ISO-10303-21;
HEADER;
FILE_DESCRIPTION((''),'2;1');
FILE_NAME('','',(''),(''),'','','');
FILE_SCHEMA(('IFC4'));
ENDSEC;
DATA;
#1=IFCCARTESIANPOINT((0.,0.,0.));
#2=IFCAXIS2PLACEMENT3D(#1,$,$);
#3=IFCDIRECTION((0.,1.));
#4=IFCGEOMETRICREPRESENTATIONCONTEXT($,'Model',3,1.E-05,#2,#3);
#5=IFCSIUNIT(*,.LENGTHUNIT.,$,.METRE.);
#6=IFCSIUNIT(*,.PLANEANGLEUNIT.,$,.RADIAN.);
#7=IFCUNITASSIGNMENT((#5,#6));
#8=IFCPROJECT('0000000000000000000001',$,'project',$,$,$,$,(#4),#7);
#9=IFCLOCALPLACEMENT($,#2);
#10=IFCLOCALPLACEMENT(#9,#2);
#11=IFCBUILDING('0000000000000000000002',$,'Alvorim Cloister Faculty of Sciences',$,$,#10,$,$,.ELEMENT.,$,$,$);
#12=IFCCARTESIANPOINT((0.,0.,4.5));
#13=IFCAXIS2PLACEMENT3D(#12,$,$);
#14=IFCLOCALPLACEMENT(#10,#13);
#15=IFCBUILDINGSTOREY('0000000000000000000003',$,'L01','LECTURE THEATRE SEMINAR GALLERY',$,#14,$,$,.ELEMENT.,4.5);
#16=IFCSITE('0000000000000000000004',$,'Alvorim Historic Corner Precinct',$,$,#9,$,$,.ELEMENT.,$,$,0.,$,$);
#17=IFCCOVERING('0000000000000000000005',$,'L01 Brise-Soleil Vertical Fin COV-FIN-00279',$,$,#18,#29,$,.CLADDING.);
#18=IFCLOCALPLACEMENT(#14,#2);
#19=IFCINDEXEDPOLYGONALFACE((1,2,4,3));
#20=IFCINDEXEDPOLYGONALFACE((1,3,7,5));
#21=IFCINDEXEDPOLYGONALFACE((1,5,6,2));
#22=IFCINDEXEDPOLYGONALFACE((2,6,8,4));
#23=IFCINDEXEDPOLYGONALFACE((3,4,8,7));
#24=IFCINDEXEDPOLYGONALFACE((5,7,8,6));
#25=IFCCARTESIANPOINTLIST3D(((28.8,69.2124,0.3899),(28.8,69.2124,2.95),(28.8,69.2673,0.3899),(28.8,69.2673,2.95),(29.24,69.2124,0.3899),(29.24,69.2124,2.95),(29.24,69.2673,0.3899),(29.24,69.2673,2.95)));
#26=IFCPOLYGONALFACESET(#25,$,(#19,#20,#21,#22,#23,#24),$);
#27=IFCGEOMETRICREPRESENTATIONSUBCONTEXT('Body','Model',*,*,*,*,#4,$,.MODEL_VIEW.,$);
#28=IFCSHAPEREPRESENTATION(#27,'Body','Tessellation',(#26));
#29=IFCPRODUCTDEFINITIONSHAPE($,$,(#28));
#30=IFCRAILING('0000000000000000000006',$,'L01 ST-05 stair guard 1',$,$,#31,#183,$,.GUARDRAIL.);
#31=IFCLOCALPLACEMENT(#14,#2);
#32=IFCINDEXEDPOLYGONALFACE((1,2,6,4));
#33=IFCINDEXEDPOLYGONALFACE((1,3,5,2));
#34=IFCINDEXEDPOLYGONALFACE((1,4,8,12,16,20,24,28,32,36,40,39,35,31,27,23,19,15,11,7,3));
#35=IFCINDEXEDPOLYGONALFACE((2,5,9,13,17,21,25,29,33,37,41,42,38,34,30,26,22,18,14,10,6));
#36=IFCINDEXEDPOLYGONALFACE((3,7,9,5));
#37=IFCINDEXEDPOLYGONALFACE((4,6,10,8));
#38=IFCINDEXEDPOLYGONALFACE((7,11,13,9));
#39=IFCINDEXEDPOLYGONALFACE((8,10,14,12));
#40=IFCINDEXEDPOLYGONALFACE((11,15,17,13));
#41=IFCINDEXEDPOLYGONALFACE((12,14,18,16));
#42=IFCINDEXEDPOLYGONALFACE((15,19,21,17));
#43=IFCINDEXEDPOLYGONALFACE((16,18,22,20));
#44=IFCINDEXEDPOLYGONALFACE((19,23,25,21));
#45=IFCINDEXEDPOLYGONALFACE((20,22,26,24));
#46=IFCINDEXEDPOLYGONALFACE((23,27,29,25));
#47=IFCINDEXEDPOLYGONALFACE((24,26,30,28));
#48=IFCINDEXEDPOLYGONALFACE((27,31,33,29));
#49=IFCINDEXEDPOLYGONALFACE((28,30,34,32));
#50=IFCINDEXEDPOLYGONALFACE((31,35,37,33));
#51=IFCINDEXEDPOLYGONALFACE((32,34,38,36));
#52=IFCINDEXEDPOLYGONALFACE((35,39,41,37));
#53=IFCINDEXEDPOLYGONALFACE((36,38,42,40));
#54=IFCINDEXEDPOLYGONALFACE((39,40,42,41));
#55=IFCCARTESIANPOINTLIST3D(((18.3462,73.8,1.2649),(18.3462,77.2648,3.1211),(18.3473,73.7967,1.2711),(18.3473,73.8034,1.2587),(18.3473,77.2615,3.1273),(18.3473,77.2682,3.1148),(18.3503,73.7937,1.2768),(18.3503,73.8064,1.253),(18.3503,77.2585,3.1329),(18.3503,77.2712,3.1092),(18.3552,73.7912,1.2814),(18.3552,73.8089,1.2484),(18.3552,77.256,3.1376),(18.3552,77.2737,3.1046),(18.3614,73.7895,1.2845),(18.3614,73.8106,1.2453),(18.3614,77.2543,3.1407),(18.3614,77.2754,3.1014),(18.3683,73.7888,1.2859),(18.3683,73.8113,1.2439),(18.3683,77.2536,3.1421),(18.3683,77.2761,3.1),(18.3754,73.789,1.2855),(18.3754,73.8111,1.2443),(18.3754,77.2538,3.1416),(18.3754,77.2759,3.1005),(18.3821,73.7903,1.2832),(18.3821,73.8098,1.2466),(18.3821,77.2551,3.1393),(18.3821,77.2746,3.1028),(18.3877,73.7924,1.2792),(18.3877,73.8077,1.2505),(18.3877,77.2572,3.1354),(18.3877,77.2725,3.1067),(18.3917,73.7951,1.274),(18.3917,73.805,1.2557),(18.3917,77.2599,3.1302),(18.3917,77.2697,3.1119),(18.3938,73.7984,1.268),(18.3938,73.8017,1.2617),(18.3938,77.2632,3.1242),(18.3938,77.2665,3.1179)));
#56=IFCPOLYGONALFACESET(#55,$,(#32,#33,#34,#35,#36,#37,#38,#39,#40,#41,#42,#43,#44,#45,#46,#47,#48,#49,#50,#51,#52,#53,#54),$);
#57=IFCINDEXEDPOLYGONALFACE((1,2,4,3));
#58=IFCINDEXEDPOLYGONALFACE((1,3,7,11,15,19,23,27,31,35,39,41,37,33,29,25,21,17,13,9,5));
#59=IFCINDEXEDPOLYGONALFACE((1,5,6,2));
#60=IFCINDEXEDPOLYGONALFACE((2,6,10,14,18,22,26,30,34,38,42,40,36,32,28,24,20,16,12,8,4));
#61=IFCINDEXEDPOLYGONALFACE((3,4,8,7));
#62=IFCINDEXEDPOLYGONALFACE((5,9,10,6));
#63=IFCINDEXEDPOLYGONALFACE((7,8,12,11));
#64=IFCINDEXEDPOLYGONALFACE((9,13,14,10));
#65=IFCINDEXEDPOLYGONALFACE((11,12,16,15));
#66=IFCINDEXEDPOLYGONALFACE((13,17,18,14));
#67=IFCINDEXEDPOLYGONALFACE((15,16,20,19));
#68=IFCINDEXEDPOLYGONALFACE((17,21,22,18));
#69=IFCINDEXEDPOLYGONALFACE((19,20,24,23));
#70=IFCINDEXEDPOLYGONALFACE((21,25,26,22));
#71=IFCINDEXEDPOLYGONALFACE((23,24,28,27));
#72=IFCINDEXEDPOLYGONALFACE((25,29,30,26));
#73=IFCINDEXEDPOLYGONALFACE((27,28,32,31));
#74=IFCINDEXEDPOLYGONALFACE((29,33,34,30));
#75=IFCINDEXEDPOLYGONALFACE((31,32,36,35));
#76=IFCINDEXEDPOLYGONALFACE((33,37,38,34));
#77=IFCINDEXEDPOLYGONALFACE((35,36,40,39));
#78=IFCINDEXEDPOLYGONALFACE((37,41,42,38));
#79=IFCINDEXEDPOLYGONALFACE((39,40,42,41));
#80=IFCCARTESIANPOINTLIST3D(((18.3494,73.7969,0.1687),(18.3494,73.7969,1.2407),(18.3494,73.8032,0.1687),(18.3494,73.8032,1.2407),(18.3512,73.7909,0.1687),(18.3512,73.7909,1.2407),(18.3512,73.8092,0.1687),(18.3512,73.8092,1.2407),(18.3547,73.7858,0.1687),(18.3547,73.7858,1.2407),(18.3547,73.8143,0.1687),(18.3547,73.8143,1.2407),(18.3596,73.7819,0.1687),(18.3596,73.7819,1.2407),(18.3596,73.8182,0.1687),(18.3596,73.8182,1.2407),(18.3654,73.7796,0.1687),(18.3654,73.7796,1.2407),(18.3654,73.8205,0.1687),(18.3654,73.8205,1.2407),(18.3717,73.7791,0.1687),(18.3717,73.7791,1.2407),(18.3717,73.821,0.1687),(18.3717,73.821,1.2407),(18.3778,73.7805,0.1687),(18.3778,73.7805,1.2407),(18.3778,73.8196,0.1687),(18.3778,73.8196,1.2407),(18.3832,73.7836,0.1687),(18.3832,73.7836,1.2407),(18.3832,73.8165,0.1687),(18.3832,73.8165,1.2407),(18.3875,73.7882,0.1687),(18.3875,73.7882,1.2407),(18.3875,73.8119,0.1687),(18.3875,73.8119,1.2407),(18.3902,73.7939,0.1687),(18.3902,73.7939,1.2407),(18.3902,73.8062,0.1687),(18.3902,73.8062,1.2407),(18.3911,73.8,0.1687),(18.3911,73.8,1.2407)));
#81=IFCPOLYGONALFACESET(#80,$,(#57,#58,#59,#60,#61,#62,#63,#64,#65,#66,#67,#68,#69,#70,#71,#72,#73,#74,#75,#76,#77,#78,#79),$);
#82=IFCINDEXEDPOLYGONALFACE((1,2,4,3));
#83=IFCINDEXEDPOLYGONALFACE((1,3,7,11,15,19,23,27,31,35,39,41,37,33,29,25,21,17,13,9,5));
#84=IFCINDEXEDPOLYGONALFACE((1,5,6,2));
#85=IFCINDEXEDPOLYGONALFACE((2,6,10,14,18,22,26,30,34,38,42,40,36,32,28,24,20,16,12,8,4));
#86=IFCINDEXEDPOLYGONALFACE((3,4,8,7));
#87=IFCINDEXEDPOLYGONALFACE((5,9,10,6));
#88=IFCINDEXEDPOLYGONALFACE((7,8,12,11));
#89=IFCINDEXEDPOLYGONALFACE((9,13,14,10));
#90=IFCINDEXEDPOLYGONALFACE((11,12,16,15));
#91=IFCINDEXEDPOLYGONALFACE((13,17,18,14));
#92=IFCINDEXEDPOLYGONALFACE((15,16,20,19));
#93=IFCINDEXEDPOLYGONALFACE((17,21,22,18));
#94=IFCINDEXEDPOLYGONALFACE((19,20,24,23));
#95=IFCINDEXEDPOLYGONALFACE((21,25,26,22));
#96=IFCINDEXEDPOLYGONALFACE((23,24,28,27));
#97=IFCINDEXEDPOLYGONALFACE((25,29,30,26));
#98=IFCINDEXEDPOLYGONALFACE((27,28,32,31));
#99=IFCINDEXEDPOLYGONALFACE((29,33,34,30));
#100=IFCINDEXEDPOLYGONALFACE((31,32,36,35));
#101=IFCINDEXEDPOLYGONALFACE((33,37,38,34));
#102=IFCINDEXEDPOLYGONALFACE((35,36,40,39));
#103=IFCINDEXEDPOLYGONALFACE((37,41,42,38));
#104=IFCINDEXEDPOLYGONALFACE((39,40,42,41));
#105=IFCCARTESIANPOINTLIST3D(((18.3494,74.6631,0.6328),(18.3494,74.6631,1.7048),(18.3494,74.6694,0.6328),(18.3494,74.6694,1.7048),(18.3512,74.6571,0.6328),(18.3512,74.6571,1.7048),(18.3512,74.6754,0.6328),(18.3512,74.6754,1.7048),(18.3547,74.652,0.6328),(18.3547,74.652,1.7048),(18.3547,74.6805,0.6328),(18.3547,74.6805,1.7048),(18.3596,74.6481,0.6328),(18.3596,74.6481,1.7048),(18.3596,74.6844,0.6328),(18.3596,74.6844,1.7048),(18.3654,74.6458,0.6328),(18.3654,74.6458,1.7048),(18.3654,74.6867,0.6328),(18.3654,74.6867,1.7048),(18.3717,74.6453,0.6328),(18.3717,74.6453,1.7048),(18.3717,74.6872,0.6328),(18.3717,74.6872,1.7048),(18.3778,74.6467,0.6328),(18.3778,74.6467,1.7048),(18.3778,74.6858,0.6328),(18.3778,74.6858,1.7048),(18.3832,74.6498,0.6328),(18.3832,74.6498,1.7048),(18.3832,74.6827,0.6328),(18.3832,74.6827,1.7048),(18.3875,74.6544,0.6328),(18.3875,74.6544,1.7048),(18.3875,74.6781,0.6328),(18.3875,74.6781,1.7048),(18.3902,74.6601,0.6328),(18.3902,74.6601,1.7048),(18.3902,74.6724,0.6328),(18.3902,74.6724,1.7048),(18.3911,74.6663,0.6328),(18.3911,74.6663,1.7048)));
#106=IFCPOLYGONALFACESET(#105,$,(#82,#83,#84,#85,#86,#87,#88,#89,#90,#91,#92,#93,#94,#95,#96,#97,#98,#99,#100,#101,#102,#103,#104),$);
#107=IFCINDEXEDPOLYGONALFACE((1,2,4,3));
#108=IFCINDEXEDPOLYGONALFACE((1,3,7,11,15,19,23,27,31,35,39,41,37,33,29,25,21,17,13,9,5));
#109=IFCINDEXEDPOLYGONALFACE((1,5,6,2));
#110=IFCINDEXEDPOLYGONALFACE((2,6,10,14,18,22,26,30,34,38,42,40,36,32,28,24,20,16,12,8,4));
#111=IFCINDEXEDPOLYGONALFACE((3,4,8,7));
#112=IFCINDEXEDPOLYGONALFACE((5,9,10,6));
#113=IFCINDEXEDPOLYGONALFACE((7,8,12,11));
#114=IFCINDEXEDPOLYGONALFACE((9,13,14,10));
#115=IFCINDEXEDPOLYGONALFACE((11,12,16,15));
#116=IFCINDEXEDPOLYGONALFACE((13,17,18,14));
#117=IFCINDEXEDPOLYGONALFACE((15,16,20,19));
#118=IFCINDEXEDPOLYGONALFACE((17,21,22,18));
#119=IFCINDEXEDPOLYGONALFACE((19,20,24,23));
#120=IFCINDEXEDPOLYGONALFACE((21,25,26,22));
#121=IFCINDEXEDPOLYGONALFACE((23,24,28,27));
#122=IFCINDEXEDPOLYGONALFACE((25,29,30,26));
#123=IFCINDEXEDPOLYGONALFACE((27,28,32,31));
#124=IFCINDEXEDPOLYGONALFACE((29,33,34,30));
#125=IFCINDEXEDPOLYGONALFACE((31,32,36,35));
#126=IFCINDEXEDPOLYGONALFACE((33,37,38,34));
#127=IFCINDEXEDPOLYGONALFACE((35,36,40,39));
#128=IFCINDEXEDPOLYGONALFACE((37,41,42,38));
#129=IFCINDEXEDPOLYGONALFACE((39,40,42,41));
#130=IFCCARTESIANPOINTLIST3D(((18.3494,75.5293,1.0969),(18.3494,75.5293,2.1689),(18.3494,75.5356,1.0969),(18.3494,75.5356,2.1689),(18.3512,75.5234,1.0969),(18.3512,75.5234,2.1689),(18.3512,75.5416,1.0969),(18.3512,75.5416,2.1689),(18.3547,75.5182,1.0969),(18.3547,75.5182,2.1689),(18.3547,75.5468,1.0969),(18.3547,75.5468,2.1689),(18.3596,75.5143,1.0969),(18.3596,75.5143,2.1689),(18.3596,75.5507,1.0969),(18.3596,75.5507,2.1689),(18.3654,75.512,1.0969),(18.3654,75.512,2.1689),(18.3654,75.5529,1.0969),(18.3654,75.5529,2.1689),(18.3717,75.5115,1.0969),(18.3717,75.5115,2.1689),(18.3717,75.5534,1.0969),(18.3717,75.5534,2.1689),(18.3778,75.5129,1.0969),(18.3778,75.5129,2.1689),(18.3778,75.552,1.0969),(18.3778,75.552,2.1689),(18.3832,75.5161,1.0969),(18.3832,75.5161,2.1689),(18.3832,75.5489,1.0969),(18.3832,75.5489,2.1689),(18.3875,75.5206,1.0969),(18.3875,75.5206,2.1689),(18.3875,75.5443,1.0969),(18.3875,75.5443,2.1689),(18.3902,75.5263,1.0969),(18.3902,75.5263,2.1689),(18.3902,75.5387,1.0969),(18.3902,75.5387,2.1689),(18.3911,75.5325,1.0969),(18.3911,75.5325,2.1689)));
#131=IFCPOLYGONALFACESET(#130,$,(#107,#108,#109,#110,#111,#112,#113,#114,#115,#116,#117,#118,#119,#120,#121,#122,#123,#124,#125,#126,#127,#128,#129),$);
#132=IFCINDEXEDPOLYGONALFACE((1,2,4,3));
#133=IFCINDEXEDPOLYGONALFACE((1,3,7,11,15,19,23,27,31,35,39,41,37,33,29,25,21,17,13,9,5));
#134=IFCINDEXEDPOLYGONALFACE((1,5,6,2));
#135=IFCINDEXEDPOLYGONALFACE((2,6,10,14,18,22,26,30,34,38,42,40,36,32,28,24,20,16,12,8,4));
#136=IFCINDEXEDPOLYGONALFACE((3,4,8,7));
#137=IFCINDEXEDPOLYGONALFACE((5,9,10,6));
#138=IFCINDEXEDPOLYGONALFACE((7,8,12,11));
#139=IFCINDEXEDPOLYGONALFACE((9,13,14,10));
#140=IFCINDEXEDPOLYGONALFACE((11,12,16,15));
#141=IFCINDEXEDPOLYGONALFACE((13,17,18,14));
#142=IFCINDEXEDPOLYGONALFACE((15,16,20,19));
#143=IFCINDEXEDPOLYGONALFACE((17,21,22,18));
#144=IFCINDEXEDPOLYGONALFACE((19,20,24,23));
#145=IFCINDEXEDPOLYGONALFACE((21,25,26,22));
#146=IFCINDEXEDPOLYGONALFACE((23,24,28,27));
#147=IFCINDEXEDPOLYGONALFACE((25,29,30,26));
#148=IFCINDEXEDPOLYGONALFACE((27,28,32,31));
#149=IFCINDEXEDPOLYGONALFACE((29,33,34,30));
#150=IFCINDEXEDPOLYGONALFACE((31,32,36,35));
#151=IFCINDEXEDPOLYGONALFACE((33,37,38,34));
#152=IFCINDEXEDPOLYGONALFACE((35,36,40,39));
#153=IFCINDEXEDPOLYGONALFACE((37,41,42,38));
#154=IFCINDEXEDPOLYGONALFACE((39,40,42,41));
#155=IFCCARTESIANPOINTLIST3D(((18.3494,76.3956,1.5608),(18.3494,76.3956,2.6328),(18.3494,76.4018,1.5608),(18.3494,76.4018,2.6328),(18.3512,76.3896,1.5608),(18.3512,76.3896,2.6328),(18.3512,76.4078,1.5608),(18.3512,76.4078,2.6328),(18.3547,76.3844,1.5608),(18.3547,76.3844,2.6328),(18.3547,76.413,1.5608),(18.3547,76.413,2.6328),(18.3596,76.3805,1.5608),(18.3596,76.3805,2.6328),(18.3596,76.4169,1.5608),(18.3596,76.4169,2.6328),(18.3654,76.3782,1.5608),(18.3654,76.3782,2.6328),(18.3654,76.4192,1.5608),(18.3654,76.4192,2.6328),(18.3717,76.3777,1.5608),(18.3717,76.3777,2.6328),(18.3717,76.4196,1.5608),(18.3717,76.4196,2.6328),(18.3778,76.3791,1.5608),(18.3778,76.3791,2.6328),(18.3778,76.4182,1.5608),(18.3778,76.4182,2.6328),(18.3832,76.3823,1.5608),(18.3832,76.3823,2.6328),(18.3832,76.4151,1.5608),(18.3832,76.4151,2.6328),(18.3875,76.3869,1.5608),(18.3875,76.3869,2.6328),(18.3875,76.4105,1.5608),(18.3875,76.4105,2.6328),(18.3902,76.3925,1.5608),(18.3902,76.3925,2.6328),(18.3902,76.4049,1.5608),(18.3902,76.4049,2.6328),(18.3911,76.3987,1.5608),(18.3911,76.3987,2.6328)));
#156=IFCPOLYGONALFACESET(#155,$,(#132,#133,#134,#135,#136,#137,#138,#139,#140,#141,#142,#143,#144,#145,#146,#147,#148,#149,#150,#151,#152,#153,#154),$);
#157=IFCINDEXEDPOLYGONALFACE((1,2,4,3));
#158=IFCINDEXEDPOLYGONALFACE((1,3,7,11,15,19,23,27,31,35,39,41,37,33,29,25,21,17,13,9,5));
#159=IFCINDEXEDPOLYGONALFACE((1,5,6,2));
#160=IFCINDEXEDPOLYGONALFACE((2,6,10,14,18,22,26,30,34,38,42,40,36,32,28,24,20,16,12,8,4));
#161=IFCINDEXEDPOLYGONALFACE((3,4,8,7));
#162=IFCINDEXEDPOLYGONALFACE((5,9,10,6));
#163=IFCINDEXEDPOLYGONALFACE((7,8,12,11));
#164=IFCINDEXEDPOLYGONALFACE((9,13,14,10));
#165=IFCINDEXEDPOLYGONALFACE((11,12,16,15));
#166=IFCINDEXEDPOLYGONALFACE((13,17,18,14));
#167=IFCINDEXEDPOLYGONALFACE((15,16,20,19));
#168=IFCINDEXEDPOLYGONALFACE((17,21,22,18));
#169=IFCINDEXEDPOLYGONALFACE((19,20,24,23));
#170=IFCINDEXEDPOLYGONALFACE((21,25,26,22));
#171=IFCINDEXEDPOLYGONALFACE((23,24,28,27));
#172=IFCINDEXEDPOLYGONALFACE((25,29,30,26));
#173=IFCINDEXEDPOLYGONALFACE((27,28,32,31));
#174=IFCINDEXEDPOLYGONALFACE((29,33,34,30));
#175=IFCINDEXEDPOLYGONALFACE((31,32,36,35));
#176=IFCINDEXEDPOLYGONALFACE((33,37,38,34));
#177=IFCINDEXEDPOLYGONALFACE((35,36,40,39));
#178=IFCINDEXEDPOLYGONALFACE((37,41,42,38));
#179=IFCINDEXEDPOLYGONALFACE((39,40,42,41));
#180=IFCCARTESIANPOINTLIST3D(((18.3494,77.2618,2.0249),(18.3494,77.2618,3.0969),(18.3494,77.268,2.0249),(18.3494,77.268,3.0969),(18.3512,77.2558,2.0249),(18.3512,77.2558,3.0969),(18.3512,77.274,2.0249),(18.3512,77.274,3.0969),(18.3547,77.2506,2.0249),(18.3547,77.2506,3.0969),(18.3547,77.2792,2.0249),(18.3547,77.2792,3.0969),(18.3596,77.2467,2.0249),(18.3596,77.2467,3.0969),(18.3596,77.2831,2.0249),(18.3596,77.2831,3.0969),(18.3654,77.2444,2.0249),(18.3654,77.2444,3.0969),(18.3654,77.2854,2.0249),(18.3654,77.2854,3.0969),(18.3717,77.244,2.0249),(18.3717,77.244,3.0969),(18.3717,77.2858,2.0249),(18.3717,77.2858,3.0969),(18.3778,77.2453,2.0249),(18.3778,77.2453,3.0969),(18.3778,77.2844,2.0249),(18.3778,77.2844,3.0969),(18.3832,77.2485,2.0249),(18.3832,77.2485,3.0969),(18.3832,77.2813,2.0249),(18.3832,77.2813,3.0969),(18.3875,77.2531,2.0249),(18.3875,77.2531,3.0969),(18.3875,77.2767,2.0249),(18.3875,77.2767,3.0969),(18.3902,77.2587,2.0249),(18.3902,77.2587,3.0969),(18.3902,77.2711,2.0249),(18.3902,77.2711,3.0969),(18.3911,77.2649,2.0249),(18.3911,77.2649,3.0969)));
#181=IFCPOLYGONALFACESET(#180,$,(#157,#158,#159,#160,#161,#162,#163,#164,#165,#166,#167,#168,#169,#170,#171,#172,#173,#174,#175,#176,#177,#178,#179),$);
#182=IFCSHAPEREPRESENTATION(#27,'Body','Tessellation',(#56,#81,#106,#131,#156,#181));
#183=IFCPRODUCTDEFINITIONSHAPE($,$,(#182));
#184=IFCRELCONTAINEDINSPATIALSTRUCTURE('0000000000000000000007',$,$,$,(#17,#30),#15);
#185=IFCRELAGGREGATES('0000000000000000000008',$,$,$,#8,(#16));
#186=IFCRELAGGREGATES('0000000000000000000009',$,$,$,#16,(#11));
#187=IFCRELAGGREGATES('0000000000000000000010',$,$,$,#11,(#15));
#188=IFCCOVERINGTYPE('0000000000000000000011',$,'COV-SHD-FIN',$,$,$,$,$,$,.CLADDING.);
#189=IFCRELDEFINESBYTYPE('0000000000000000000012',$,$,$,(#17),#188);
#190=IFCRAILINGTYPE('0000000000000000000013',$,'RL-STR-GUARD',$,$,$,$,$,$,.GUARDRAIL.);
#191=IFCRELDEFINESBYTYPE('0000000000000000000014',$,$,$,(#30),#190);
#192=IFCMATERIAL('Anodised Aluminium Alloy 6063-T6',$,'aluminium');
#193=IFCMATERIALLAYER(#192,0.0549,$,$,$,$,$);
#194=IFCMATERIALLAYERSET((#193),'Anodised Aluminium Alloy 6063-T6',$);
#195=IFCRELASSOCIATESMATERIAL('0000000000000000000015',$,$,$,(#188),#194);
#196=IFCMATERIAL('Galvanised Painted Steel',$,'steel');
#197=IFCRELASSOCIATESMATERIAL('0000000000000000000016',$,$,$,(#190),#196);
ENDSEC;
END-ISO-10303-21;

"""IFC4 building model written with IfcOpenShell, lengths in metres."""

from ifc_helpers import new_model, si_unit, direction, frame, origin, origin_2d, place, context, subcontext, project, spatial, polyline, circle, outline, extrude, material, layer, layer_set, type_object, element, save


model = new_model("IFC4")

# Units and contexts
model_context = context("Model", 3, precision=1e-05, world=origin(), true_north=direction((0.0, 1.0)))
body_context = subcontext(model_context, "Body", "Model", "MODEL_VIEW")
ifc_project = project(units=[si_unit("LENGTHUNIT", "METRE"), si_unit("PLANEANGLEUNIT", "RADIAN")], contexts=[model_context])

# Site, building, storey
site_placement = place(None, origin())
site = spatial("IfcSite", under=ifc_project, at=site_placement, Name="Alvorim Historic Corner Precinct", CompositionType="ELEMENT", RefElevation=0.0)
building_placement = place(site_placement, origin())
building = spatial("IfcBuilding", under=site, at=building_placement, Name="Alvorim Cloister Faculty of Sciences", CompositionType="ELEMENT")
storey_placement = place(building_placement, frame((0.0, 0.0, 4.5)))
storey = spatial("IfcBuildingStorey", under=building, at=storey_placement, Name="L01", Description="LECTURE THEATRE SEMINAR GALLERY", CompositionType="ELEMENT", Elevation=4.5)

# Covering
ifc_material_1 = material(Name="Anodised Aluminium Alloy 6063-T6", Category="aluminium")
ifc_layer_1 = layer(ifc_material_1, 0.0549)
ifc_layer_set_1 = layer_set([ifc_layer_1], Name="Anodised Aluminium Alloy 6063-T6")
covering_type = type_object("IfcCoveringType", Name="COV-SHD-FIN", PredefinedType="CLADDING", material=ifc_layer_set_1)
for number, where, z_axis, x_axis, name in (
    (1, (28.8, 69.24, 0.3899), (0.0, 0.0, 1.0), (1.0, 0.0, 0.0), "L01 Brise-Soleil Vertical Fin COV-FIN-00279"),
):
    element("IfcCovering", number, at=place(storey_placement, frame(where, z_axis=z_axis, x_axis=x_axis)), inside=storey, type_object=covering_type, Name=name, PredefinedType="CLADDING", context=body_context, shape_type="SweptSolid", body=[
        extrude(outline(polyline([(0.0, 0.0), (0.4399, 0.0), (0.4399, 2.5601), (0.0, 2.5601), (0.0, 0.0)])), frame((0.0, 0.0273, 0.0), z_axis=(0.0, -1.0, 0.0), x_axis=(1.0, 0.0, 0.0)), (0.0, 0.0, 1.0), 0.0549),
    ])

# Railing
ifc_material_2 = material(Name="Galvanised Painted Steel", Category="steel")
railing_type_1 = type_object("IfcRailingType", Name="RL-STR-GUARD", PredefinedType="GUARDRAIL", material=ifc_material_2)
railing_1_placement = place(storey_placement, frame((18.3701, 73.8, 0.1687)))
element("IfcRailing", 2, at=railing_1_placement, inside=storey, type_object=railing_type_1, Name="L01 ST-05 stair guard 1", PredefinedType="GUARDRAIL", context=body_context, shape_type="SweptSolid", body=[
    extrude(circle(Radius=0.0239, at=origin_2d()), frame((0.0, 0.0, 1.0962), z_axis=(0.0, 0.881476, 0.472228), x_axis=(-1.0, 0.0, 0.0)), (0.0, 0.0, 1.0), 3.9307),
    extrude(circle(Radius=0.021, at=origin_2d()), origin(), (0.0, 0.0, 1.0), 1.072),
    extrude(circle(Radius=0.021, at=origin_2d()), frame((0.0, 0.8662, 0.4641)), (0.0, 0.0, 1.0), 1.072),
    extrude(circle(Radius=0.021, at=origin_2d()), frame((0.0, 1.7324, 0.9282)), (0.0, 0.0, 1.0), 1.072),
    extrude(circle(Radius=0.021, at=origin_2d()), frame((0.0, 2.5986, 1.3921)), (0.0, 0.0, 1.0), 1.072),
    extrude(circle(Radius=0.021, at=origin_2d()), frame((0.0, 3.4648, 1.8562)), (0.0, 0.0, 1.0), 1.072),
])

save(model, "model.ifc")
